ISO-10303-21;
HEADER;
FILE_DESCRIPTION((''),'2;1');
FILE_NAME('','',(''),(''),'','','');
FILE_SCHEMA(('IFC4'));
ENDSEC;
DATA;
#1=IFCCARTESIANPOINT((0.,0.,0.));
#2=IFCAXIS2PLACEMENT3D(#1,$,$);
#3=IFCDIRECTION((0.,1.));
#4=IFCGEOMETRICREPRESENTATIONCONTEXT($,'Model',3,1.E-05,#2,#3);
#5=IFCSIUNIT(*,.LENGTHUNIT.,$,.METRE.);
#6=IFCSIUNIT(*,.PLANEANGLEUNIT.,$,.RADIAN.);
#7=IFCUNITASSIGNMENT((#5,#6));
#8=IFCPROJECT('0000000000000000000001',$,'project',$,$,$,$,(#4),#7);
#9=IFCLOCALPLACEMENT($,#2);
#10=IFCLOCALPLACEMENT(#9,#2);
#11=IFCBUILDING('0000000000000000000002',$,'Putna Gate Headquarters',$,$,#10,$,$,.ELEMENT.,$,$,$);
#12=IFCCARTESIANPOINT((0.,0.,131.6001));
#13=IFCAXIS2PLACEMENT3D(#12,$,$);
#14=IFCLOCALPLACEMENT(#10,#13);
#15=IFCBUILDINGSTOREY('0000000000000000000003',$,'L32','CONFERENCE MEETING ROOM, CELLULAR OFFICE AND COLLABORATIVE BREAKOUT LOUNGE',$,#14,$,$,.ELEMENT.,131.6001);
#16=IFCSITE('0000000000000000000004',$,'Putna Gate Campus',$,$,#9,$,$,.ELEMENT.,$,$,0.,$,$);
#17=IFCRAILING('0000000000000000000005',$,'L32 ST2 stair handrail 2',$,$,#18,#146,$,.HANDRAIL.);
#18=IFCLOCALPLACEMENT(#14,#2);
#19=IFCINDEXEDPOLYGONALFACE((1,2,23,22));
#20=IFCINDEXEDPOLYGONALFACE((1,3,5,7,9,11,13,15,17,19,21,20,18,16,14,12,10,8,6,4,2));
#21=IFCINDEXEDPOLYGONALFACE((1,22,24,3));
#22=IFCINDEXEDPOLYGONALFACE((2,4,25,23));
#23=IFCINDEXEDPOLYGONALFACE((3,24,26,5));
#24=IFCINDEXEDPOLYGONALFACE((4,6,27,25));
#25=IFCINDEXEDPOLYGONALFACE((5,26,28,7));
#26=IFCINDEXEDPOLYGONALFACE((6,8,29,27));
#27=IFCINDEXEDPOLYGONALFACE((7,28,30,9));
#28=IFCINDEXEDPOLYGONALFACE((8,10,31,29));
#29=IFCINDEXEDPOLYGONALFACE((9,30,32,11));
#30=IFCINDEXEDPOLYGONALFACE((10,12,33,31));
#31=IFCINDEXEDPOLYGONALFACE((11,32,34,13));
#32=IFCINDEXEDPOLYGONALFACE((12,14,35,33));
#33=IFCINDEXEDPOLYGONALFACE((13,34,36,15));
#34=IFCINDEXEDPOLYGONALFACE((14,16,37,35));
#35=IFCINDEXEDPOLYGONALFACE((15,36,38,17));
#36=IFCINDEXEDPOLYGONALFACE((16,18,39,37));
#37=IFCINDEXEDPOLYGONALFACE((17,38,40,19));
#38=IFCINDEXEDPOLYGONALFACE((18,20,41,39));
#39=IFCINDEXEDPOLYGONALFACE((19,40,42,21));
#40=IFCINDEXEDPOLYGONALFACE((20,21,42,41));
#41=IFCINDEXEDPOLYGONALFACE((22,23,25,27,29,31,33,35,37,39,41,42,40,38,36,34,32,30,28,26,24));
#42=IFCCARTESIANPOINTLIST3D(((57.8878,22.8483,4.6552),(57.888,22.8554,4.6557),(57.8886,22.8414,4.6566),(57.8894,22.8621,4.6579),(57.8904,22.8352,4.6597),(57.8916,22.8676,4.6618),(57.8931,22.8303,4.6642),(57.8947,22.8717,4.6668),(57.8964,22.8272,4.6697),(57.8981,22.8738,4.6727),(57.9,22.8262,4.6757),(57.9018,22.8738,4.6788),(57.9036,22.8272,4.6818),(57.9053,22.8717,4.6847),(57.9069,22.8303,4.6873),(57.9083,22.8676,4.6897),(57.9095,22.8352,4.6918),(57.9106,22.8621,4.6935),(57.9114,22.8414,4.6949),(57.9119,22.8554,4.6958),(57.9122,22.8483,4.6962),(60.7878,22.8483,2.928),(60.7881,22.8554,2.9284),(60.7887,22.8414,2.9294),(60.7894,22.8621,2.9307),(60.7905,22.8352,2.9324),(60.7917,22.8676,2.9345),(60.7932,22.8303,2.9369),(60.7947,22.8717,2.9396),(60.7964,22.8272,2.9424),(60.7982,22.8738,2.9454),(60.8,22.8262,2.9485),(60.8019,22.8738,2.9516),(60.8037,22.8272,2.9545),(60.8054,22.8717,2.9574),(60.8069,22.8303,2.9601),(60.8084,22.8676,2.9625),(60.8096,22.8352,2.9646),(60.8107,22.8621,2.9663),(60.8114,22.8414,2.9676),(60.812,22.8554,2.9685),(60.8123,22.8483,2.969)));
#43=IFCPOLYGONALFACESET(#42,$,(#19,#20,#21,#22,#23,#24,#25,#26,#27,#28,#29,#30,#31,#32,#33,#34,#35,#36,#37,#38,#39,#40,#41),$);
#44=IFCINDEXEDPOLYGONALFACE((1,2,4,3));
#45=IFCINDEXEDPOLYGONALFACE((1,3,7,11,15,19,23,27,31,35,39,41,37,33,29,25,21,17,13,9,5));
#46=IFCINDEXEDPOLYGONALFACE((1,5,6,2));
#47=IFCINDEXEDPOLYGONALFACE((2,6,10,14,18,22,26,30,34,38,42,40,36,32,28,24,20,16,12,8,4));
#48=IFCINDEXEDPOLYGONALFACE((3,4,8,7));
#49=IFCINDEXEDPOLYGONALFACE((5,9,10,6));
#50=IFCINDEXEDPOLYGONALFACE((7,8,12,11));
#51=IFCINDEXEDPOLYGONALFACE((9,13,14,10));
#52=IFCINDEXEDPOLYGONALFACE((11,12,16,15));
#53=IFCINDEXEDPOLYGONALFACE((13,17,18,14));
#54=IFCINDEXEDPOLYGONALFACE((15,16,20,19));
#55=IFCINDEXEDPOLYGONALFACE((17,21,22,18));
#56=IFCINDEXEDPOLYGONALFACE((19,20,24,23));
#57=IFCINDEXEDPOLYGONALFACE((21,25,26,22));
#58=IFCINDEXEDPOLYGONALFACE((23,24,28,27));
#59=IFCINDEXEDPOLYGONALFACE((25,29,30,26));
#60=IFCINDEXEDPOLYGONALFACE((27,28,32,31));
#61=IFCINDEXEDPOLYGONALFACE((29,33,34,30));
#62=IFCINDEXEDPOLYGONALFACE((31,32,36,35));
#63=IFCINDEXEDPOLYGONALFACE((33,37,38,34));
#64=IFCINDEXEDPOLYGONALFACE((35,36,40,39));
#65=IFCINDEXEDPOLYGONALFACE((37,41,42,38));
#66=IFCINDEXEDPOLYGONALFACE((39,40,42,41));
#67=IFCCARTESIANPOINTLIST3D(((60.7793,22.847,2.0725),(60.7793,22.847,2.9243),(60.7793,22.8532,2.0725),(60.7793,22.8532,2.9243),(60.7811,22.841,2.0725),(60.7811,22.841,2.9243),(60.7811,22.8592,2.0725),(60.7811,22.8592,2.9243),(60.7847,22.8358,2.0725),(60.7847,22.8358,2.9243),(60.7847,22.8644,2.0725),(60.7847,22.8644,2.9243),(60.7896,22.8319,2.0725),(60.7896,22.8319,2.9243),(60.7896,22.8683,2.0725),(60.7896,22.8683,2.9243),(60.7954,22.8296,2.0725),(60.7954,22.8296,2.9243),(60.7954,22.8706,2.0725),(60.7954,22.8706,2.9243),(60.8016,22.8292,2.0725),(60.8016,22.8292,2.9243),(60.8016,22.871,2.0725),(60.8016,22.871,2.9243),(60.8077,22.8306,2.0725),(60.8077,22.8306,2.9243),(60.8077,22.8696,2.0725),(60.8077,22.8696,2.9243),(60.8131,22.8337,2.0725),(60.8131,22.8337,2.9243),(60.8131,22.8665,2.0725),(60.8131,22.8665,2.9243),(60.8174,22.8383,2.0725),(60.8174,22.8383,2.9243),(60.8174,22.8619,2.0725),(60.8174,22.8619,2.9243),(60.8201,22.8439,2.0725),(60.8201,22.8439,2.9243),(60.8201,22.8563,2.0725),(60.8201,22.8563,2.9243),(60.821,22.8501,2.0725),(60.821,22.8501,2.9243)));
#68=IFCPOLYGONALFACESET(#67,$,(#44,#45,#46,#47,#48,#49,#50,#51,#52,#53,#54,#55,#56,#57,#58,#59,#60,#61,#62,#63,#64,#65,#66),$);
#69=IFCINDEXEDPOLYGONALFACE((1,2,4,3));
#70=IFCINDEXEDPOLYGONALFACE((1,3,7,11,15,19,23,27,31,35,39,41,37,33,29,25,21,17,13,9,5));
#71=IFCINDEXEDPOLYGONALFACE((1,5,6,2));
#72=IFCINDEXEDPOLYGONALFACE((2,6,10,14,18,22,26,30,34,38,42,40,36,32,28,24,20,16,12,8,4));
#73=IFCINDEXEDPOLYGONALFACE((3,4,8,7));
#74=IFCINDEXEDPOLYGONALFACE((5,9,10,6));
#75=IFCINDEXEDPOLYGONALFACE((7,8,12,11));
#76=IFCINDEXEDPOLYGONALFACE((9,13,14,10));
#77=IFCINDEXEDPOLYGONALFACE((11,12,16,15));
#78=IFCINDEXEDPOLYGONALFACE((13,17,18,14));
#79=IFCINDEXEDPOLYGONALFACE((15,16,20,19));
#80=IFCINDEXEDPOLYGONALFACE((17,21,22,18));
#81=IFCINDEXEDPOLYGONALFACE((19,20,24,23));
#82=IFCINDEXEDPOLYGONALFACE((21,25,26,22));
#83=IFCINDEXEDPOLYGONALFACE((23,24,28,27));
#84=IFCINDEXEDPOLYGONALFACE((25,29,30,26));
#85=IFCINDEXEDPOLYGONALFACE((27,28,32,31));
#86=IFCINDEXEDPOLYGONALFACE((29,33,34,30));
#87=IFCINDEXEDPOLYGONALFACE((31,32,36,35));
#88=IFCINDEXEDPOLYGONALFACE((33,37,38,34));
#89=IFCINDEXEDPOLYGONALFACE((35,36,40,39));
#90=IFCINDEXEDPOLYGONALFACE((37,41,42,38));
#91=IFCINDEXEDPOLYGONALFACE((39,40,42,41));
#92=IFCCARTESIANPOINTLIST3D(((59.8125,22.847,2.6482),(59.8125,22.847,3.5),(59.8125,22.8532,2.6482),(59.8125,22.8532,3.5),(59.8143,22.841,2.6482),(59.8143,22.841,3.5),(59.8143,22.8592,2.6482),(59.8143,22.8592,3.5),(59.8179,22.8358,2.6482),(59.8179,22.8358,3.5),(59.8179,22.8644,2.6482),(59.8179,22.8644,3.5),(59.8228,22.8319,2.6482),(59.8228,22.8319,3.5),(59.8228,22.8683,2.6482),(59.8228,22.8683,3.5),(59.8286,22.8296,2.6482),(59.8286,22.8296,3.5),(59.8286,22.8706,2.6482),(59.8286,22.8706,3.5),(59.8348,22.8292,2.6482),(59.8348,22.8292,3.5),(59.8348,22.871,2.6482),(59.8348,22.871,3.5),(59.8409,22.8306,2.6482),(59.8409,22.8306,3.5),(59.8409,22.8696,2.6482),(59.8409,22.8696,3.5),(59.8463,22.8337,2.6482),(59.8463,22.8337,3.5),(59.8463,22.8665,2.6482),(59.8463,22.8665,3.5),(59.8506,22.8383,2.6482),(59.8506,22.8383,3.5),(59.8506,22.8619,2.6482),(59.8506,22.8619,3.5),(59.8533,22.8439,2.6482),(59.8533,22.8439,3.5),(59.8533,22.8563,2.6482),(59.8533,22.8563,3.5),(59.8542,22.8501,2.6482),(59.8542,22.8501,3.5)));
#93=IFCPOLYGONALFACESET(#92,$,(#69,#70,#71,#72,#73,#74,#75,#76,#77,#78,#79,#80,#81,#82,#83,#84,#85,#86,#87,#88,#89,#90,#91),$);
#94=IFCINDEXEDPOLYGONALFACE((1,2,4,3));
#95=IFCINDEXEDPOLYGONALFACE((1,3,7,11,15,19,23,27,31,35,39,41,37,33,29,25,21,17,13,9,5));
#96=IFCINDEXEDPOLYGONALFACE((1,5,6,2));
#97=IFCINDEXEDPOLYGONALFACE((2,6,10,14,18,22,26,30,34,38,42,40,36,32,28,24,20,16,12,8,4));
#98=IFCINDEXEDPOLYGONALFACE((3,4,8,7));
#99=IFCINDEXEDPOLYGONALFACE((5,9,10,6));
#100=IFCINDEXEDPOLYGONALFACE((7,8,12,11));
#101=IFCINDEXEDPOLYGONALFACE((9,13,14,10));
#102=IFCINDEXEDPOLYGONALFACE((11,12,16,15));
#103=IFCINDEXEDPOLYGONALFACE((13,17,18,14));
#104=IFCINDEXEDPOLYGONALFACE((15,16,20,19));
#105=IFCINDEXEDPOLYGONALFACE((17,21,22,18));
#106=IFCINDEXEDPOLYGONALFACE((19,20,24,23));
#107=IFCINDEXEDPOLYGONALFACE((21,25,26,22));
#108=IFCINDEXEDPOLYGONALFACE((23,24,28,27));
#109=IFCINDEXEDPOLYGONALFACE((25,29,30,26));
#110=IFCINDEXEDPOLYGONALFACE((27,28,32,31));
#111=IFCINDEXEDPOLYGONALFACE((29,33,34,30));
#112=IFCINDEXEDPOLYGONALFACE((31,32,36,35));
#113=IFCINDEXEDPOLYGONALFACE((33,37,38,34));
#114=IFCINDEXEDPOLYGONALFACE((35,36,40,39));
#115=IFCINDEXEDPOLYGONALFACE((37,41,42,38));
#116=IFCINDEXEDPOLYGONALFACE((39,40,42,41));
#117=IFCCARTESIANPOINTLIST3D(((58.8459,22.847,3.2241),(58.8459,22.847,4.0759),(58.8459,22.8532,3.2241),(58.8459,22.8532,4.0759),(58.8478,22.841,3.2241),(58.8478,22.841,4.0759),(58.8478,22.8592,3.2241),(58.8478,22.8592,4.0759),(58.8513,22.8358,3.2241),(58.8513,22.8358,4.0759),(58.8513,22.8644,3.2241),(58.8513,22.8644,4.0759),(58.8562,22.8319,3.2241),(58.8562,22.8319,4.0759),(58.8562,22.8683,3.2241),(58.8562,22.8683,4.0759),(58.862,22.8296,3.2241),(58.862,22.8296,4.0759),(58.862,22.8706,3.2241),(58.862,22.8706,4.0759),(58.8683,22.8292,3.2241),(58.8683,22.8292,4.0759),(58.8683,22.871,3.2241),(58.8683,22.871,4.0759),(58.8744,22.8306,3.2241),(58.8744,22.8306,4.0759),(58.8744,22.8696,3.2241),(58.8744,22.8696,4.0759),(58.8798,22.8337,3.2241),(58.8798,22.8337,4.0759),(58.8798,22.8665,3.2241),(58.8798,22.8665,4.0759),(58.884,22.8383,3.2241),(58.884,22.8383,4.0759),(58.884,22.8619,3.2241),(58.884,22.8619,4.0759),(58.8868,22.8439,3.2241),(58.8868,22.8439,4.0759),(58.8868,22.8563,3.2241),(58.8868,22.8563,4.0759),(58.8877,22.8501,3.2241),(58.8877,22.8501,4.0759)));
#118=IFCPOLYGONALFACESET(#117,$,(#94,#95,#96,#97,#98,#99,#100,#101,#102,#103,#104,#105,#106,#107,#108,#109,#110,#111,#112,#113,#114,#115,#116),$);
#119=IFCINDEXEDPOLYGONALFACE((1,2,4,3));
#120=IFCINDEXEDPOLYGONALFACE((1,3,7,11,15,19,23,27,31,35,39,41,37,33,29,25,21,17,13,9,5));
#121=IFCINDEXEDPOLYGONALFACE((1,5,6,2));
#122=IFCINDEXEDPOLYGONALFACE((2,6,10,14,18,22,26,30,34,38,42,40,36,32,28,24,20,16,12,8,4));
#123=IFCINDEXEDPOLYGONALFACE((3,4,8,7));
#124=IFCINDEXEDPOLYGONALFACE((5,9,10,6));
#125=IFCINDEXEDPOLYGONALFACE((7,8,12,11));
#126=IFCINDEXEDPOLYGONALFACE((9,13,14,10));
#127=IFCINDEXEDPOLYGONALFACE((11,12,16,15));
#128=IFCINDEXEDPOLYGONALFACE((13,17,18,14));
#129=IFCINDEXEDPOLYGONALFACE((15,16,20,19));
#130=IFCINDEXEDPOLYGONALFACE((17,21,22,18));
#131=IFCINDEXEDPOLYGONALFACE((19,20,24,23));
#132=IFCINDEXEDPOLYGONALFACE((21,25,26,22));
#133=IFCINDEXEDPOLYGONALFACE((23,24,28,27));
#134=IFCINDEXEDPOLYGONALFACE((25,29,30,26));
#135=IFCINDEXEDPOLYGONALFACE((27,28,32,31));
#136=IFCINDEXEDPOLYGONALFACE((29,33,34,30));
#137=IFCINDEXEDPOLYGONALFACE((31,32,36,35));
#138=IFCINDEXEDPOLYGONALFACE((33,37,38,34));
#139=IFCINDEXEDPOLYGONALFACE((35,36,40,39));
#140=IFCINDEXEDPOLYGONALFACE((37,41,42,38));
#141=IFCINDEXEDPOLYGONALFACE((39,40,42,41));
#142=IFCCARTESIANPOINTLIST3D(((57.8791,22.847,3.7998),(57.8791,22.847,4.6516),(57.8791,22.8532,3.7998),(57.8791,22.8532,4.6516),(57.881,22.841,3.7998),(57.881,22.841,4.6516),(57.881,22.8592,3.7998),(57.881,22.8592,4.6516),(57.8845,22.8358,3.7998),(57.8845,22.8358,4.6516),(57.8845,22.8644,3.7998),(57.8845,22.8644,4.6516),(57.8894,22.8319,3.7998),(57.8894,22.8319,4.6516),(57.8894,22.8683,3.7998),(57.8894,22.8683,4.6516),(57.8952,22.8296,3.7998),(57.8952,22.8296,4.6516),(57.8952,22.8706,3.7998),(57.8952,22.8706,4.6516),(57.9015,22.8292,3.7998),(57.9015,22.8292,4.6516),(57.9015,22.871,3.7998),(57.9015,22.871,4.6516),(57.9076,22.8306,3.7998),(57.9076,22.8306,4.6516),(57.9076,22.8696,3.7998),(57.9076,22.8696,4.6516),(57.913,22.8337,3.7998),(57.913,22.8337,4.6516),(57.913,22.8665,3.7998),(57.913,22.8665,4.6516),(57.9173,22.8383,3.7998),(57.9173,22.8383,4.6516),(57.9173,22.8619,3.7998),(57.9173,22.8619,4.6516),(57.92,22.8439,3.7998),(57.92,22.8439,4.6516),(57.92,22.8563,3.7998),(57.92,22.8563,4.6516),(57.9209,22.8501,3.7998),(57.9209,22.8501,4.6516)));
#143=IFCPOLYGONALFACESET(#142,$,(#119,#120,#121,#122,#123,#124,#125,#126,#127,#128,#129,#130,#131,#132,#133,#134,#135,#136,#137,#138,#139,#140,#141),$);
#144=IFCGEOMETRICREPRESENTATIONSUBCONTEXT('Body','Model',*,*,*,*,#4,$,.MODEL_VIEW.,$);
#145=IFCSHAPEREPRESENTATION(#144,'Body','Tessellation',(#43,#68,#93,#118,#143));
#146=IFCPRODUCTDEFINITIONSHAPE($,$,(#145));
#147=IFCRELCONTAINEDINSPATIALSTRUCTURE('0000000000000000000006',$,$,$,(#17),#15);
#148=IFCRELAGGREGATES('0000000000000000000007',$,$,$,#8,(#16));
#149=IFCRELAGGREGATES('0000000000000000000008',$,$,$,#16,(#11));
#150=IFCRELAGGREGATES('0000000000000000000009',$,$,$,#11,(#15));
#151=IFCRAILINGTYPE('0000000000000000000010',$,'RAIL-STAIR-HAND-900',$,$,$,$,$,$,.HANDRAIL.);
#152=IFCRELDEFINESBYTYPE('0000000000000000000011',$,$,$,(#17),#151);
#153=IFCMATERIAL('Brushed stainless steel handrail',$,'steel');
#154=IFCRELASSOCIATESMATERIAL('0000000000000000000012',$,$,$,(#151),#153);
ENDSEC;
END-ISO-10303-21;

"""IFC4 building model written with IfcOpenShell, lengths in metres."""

from ifc_helpers import new_model, si_unit, direction, frame, origin, origin_2d, place, context, subcontext, project, spatial, circle, extrude, material, type_object, element, save


model = new_model("IFC4")

# Units and contexts
model_context = context("Model", 3, precision=1e-05, world=origin(), true_north=direction((0.0, 1.0)))
body_context = subcontext(model_context, "Body", "Model", "MODEL_VIEW")
ifc_project = project(units=[si_unit("LENGTHUNIT", "METRE"), si_unit("PLANEANGLEUNIT", "RADIAN")], contexts=[model_context])

# Site, building, storey
site_placement = place(None, origin())
site = spatial("IfcSite", under=ifc_project, at=site_placement, Name="Putna Gate Campus", CompositionType="ELEMENT", RefElevation=0.0)
building_placement = place(site_placement, origin())
building = spatial("IfcBuilding", under=site, at=building_placement, Name="Putna Gate Headquarters", CompositionType="ELEMENT")
storey_placement = place(building_placement, frame((0.0, 0.0, 131.6001)))
storey = spatial("IfcBuildingStorey", under=building, at=storey_placement, Name="L32", Description="CONFERENCE MEETING ROOM, CELLULAR OFFICE AND COLLABORATIVE BREAKOUT LOUNGE", CompositionType="ELEMENT", Elevation=131.6001)

# Railing
ifc_material_1 = material(Name="Brushed stainless steel handrail", Category="steel")
railing_type_1 = type_object("IfcRailingType", Name="RAIL-STAIR-HAND-900", PredefinedType="HANDRAIL", material=ifc_material_1)
railing_1_placement = place(storey_placement, frame((60.8, 22.8501, 2.0725)))
element("IfcRailing", 1, at=railing_1_placement, inside=storey, type_object=railing_type_1, Name="L32 ST2 stair handrail 2", PredefinedType="HANDRAIL", context=body_context, shape_type="SweptSolid", body=[
    extrude(circle(Radius=0.0239, at=origin_2d()), frame((0.0, 0.0, 0.876), z_axis=(-0.85916, 0.0, 0.511706), x_axis=(0.0, -1.0, 0.0)), (0.0, 0.0, 1.0), 3.3755),
    extrude(circle(Radius=0.021, at=origin_2d()), origin(), (0.0, 0.0, 1.0), 0.8518),
    extrude(circle(Radius=0.021, at=origin_2d()), frame((-0.9668, 0.0, 0.5757)), (0.0, 0.0, 1.0), 0.8518),
    extrude(circle(Radius=0.021, at=origin_2d()), frame((-1.9333, 0.0, 1.1516)), (0.0, 0.0, 1.0), 0.8518),
    extrude(circle(Radius=0.021, at=origin_2d()), frame((-2.9001, 0.0, 1.7273)), (0.0, 0.0, 1.0), 0.8518),
])

save(model, "model.ifc")
